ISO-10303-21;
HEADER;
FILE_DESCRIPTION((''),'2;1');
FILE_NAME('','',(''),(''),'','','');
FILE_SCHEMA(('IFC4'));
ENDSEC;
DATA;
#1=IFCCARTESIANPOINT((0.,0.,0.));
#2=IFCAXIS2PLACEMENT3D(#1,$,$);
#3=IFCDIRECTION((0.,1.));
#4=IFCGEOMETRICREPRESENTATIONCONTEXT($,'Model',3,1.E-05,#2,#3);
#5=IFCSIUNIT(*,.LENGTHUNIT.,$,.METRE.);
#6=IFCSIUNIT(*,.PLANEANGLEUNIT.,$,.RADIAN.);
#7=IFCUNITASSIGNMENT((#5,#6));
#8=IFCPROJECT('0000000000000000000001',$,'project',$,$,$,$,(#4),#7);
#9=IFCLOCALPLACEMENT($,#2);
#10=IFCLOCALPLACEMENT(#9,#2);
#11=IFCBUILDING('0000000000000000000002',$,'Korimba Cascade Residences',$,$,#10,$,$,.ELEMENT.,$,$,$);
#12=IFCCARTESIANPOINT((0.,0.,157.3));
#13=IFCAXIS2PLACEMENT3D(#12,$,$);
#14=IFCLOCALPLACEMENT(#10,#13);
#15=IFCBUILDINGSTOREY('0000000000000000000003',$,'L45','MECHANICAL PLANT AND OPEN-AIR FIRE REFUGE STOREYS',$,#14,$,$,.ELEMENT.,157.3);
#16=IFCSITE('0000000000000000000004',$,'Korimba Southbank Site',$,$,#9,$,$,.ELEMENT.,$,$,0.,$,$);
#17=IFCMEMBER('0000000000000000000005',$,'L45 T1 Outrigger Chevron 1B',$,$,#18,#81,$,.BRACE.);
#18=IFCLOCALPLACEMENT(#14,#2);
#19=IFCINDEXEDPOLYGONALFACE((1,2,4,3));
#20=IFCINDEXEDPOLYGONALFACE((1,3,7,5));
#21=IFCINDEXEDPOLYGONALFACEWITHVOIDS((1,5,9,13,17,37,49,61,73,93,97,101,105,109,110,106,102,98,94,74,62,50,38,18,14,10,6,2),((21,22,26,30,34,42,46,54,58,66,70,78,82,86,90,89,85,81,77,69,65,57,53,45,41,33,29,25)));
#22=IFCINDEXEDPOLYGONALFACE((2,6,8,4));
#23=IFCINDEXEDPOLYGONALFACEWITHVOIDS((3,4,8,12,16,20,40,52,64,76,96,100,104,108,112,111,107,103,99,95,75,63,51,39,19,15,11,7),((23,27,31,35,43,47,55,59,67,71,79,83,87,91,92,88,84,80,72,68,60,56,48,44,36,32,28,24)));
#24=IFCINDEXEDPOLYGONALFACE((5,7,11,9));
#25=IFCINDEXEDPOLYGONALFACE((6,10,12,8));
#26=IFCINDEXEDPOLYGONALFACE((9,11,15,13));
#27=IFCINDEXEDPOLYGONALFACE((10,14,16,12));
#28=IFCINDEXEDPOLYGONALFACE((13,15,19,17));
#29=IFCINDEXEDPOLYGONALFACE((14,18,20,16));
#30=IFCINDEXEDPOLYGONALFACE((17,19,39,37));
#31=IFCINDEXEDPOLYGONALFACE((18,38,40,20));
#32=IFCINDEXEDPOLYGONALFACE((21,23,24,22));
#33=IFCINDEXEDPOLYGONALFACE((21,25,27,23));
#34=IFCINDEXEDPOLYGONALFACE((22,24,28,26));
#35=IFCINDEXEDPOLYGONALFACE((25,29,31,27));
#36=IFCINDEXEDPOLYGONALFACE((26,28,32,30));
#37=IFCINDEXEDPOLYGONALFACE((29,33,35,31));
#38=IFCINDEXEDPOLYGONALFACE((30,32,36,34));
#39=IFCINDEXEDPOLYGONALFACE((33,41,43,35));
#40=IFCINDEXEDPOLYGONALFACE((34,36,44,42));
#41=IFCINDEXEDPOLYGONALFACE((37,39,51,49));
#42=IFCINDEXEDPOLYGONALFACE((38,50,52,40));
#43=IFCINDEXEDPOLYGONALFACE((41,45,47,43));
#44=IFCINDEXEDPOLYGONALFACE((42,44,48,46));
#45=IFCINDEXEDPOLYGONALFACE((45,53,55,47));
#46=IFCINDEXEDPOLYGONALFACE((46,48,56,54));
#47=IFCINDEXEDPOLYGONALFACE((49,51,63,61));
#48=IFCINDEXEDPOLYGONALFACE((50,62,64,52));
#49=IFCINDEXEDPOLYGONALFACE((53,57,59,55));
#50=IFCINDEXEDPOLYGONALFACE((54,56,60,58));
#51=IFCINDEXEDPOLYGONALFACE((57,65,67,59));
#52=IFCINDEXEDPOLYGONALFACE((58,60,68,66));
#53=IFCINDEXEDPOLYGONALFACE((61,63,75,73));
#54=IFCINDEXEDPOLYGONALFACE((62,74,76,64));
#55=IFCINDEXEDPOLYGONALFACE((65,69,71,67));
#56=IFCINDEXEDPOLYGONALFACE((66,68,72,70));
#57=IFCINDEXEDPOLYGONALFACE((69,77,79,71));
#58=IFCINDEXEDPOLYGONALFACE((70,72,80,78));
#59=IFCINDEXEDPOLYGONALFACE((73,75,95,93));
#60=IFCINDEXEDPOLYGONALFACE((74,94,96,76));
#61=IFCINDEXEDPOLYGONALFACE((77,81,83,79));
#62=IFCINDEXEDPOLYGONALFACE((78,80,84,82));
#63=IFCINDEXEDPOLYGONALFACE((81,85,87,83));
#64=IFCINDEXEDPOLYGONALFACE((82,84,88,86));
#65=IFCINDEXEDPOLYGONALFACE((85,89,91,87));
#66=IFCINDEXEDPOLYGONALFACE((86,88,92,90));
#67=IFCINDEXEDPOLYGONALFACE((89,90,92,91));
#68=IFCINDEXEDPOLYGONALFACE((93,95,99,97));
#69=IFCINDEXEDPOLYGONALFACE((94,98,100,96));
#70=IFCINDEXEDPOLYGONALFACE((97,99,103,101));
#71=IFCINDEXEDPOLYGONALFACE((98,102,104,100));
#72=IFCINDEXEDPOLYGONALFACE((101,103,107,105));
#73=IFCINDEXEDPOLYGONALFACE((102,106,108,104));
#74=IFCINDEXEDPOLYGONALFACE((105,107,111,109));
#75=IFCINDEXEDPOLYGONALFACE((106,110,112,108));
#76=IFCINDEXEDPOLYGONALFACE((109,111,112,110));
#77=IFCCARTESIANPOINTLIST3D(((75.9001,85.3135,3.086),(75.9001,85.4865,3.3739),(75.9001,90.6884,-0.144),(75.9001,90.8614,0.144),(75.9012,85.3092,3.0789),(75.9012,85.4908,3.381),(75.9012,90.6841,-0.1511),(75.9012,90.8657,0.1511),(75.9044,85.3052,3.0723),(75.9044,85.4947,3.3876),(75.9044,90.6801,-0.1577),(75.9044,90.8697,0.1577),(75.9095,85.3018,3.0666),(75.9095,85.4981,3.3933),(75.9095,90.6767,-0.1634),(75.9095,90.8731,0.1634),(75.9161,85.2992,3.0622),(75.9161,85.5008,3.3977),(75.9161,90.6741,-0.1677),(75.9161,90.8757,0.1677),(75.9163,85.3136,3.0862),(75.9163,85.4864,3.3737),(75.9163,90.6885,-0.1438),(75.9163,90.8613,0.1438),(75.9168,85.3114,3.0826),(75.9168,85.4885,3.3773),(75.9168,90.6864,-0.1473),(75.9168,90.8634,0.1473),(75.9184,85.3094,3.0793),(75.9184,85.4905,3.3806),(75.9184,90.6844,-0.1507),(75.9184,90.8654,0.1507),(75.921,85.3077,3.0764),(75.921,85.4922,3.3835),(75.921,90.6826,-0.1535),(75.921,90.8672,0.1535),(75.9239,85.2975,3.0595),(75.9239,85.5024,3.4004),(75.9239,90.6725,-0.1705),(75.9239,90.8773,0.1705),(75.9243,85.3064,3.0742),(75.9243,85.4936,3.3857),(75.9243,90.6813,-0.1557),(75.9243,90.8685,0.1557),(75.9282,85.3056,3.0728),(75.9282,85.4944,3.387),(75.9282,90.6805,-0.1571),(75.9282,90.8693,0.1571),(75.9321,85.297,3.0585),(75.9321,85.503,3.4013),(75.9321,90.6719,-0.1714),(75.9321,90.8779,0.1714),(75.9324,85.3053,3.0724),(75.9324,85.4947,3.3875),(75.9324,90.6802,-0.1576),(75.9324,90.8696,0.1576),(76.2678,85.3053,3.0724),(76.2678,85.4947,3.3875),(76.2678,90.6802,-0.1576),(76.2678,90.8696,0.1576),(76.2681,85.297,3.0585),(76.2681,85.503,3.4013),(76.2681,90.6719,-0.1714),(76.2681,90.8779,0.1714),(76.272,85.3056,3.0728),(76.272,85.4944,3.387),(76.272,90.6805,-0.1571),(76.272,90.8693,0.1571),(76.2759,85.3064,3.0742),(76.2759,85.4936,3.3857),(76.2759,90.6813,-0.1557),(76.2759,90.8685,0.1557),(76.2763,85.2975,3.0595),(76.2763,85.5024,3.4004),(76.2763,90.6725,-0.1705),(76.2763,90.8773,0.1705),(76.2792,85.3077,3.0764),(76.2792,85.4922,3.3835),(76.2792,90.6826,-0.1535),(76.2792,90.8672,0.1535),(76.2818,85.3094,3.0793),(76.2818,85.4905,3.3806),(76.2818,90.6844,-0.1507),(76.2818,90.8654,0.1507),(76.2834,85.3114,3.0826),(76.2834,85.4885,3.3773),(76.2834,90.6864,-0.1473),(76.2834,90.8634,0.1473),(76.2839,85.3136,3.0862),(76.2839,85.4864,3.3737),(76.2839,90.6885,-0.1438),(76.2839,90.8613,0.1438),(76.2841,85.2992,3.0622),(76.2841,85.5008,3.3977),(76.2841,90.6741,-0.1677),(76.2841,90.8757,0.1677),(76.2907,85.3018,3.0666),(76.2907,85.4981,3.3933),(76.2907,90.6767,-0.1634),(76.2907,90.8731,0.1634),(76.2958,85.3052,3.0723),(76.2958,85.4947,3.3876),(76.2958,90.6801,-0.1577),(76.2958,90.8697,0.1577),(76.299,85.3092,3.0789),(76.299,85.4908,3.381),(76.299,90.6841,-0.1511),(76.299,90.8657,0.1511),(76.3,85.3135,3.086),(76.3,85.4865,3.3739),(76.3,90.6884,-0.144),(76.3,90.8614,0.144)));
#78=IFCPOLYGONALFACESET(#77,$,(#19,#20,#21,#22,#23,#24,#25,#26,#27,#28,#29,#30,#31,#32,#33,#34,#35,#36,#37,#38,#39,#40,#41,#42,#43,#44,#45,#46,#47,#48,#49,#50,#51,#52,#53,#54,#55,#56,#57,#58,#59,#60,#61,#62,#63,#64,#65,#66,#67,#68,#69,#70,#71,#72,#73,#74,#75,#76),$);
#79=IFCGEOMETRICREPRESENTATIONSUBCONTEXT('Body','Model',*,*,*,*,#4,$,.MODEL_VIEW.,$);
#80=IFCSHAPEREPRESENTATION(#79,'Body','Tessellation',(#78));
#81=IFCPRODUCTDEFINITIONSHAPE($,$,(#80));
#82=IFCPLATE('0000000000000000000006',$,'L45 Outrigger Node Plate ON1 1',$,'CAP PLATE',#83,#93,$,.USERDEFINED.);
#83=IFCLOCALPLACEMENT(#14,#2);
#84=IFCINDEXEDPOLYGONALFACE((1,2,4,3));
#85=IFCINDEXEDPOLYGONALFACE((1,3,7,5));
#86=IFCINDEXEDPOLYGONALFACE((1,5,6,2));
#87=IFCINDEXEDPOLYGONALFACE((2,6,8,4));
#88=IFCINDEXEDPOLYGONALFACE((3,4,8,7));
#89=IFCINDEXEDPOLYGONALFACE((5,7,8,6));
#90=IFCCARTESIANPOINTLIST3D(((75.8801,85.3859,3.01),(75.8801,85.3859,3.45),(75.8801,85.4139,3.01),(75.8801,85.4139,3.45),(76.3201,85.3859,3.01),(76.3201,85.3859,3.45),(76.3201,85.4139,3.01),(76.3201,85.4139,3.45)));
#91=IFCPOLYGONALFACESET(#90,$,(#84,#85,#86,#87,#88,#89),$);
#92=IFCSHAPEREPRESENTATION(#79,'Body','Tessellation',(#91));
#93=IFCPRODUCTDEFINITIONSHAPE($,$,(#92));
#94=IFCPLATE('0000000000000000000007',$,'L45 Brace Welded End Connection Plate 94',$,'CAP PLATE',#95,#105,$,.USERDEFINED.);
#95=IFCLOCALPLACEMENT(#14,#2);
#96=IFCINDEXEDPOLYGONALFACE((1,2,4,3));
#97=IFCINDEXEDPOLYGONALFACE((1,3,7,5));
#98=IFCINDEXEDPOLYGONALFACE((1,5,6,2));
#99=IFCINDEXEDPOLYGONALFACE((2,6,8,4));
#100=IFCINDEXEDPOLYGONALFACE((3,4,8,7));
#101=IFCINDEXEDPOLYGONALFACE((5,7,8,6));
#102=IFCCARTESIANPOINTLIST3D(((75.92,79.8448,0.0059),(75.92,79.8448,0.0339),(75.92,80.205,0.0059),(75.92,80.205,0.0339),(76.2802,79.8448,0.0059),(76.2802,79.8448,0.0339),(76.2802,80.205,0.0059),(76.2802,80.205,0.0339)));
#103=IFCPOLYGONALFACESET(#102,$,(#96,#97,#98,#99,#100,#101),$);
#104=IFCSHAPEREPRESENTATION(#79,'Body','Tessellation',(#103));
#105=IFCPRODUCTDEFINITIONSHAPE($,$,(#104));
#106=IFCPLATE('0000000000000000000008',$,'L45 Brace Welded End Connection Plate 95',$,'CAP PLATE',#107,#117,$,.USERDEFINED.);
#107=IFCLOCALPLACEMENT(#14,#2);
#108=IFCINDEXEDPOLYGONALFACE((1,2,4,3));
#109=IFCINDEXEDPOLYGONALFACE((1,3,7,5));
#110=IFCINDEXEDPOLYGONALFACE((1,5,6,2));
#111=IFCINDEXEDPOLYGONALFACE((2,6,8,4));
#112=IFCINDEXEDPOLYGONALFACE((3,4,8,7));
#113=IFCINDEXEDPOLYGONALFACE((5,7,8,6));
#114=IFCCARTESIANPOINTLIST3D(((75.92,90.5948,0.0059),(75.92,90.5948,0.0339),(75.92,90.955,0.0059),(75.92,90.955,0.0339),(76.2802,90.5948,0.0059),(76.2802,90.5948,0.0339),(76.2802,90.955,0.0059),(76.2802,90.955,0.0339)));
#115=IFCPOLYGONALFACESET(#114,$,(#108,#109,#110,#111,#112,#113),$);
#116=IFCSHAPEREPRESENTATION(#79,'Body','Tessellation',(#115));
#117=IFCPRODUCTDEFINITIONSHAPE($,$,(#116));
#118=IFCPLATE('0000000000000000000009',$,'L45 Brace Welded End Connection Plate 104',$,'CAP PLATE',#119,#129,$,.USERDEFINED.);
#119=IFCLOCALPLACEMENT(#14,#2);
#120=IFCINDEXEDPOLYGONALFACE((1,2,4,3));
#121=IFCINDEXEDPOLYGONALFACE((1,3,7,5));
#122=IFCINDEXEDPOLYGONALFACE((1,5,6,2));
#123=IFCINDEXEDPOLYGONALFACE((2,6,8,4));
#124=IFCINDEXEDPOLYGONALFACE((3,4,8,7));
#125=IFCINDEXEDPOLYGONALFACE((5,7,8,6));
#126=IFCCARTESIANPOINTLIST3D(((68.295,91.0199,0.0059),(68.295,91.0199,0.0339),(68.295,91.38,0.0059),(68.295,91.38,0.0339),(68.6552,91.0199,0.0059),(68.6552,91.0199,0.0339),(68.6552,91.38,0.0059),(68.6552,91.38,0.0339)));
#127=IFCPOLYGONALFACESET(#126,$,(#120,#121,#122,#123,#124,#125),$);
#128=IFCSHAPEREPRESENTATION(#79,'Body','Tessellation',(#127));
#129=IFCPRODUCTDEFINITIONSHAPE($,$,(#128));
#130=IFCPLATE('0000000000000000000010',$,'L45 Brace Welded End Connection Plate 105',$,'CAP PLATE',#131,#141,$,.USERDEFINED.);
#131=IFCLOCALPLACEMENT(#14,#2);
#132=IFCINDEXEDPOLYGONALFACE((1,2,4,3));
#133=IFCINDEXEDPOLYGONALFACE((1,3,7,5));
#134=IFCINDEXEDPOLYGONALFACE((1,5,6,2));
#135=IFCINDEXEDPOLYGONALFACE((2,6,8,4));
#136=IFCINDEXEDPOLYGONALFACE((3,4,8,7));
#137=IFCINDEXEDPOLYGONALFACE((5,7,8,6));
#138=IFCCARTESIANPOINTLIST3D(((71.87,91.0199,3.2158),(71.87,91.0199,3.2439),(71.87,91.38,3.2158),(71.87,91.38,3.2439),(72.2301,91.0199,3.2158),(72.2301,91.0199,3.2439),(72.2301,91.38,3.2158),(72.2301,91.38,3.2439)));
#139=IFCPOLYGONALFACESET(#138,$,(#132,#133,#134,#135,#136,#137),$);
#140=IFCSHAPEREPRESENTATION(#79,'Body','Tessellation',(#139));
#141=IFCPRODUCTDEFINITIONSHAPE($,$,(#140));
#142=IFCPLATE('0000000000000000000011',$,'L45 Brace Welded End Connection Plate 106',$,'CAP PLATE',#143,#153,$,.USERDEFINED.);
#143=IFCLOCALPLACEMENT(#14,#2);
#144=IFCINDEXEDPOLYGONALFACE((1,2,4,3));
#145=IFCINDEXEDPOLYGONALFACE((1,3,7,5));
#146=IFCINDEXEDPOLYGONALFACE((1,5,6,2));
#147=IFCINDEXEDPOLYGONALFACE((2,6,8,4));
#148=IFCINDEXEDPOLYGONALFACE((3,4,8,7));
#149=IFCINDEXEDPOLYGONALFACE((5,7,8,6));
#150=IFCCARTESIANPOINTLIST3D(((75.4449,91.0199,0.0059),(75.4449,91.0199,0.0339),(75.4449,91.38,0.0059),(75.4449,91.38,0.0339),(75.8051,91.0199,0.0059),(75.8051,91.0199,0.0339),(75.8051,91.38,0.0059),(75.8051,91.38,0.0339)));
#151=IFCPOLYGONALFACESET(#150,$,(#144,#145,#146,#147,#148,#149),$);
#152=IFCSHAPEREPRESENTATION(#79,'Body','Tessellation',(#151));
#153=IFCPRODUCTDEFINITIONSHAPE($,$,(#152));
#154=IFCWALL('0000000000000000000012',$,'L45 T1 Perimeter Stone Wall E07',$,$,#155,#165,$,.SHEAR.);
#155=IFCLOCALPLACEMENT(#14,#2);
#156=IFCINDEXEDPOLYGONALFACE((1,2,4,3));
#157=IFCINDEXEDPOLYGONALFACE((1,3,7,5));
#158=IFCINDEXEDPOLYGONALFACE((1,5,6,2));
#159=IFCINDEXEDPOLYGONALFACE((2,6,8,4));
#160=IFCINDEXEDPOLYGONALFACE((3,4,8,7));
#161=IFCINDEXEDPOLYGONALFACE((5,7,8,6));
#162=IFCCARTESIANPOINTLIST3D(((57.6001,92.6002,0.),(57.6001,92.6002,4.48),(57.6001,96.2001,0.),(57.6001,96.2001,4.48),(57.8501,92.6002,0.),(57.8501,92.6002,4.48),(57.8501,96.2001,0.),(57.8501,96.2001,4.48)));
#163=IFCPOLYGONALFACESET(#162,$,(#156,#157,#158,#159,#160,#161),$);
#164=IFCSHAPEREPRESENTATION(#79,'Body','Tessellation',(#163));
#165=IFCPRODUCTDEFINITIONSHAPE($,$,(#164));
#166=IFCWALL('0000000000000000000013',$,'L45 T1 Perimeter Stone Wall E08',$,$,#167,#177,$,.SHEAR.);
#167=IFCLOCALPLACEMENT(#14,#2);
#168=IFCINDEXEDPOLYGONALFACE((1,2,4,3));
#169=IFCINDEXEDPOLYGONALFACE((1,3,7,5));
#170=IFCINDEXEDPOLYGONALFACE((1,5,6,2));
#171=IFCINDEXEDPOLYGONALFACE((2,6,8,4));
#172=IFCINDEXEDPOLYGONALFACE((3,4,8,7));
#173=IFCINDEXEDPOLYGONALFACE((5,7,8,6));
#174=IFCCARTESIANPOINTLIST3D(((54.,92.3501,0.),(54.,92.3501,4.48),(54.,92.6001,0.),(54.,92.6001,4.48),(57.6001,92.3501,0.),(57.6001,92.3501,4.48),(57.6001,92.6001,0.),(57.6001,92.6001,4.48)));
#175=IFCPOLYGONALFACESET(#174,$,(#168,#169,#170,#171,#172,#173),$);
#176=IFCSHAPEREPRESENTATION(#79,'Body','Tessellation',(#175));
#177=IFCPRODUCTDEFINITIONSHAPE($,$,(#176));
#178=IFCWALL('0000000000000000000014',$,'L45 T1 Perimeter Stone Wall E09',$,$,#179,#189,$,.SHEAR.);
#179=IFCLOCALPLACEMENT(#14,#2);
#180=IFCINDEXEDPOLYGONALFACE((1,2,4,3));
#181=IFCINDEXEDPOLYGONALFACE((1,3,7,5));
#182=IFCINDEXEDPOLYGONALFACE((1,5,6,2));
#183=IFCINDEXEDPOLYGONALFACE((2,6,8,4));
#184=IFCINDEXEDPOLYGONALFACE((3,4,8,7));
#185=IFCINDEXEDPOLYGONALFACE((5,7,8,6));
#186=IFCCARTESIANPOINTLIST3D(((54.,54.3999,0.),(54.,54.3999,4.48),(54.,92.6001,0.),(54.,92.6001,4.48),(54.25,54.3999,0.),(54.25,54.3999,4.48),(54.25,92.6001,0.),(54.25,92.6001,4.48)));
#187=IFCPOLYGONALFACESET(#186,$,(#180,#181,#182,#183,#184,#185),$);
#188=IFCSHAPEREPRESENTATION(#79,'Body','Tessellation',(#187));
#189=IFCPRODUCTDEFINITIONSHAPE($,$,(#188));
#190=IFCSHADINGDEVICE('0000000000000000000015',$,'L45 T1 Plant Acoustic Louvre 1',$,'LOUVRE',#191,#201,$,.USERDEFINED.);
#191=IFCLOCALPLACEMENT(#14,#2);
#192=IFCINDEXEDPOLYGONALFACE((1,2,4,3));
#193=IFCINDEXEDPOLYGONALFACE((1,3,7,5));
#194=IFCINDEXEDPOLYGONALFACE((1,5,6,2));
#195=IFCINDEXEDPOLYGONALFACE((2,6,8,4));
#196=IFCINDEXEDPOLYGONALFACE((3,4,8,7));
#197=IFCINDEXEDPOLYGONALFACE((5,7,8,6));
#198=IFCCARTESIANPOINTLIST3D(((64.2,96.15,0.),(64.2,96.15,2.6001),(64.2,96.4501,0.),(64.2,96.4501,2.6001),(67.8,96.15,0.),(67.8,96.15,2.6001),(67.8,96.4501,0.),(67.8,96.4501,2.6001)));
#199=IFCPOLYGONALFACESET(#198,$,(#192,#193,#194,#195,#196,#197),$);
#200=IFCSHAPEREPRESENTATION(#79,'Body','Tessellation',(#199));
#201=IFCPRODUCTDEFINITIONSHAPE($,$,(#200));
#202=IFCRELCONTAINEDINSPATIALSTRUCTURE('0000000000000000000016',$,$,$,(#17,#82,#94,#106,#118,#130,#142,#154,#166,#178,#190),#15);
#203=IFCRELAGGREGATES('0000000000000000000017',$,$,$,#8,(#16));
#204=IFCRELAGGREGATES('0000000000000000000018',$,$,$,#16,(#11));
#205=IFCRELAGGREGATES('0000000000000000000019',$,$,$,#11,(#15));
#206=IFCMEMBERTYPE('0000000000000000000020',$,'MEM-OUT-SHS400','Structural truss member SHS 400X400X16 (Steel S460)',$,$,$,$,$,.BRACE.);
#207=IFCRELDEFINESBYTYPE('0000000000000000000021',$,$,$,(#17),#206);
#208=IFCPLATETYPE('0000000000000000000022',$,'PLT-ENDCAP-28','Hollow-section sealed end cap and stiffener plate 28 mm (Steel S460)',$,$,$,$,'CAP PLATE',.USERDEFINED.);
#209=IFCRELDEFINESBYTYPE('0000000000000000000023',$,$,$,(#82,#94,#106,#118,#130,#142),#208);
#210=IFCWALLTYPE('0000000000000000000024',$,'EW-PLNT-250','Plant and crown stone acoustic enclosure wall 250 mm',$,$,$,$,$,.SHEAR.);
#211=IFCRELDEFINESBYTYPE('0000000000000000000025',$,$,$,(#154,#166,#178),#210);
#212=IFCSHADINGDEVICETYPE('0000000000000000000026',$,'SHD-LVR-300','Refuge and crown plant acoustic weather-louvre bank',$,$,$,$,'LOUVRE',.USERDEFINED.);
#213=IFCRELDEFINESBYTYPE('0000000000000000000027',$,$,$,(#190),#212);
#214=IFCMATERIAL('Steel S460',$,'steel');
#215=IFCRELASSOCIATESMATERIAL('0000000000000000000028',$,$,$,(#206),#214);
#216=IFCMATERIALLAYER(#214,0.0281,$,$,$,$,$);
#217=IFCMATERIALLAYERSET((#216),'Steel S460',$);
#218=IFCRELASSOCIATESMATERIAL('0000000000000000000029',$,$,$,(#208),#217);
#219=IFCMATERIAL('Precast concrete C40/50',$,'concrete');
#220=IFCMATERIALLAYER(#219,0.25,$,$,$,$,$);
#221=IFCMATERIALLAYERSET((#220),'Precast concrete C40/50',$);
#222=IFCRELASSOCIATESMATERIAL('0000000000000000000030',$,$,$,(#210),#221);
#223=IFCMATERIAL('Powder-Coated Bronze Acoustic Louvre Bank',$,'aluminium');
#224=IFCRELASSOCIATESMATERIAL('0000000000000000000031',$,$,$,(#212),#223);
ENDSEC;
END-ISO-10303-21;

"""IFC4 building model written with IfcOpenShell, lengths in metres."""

from ifc_helpers import new_model, si_unit, direction, frame, frame_2d, origin, origin_2d, place, context, subcontext, project, spatial, rectangle, hollow_rectangle, extrude, material, layer, layer_set, material_profile, profile_set, type_object, element, save


model = new_model("IFC4")

# Units and contexts
model_context = context("Model", 3, precision=1e-05, world=origin(), true_north=direction((0.0, 1.0)))
body_context = subcontext(model_context, "Body", "Model", "MODEL_VIEW")
ifc_project = project(units=[si_unit("LENGTHUNIT", "METRE"), si_unit("PLANEANGLEUNIT", "RADIAN")], contexts=[model_context])

# Site, building, storey
site_placement = place(None, origin())
site = spatial("IfcSite", under=ifc_project, at=site_placement, Name="Korimba Southbank Site", CompositionType="ELEMENT", RefElevation=0.0)
building_placement = place(site_placement, origin())
building = spatial("IfcBuilding", under=site, at=building_placement, Name="Korimba Cascade Residences", CompositionType="ELEMENT")
storey_placement = place(building_placement, frame((0.0, 0.0, 157.3)))
storey = spatial("IfcBuildingStorey", under=building, at=storey_placement, Name="L45", Description="MECHANICAL PLANT AND OPEN-AIR FIRE REFUGE STOREYS", CompositionType="ELEMENT", Elevation=157.3)

# Member
ifc_material_1 = material(Name="Steel S460", Category="steel")
ifc_material_profile_1 = material_profile(ifc_material_1, hollow_rectangle(XDim=0.3999, YDim=0.3999, WallThickness=0.0161, InnerFilletRadius=0.0161, OuterFilletRadius=0.032, at=origin_2d()), Name="Steel S460")
ifc_profile_set_1 = profile_set([ifc_material_profile_1], Name="Steel S460")
member_type_1 = type_object("IfcMemberType", Name="MEM-OUT-SHS400", Description="Structural truss member SHS 400X400X16 (Steel S460)", PredefinedType="BRACE", material=ifc_profile_set_1)
for number, where, z_axis, x_axis, name in (
    (1, (76.1001, 90.7749, 0.0), (0.0, -0.857142, 0.51508), (1.0, 0.0, 0.0), "L45 T1 Outrigger Chevron 1B"),
):
    element("IfcMember", number, at=place(storey_placement, frame(where, z_axis=z_axis, x_axis=x_axis)), inside=storey, type_object=member_type_1, Name=name, PredefinedType="BRACE", context=body_context, shape_type="SweptSolid", body=[
        extrude(hollow_rectangle(XDim=0.3999, YDim=0.3999, WallThickness=0.0161, InnerFilletRadius=0.0161, OuterFilletRadius=0.032, at=origin_2d()), origin(), (0.0, 0.0, 1.0), 6.2708),
    ])

# Plates
ifc_layer_1 = layer(ifc_material_1, 0.0281)
ifc_layer_set_1 = layer_set([ifc_layer_1], Name="Steel S460")
plate_type = type_object("IfcPlateType", Name="PLT-ENDCAP-28", Description="Hollow-section sealed end cap and stiffener plate 28 mm (Steel S460)", ElementType="CAP PLATE", PredefinedType="USERDEFINED", material=ifc_layer_set_1)
plate_placement = place(storey_placement, frame((76.1001, 85.3999, 3.01), z_axis=(0.0, 0.0, 1.0), x_axis=(1.0, 0.0, 0.0)))
element("IfcPlate", 2, at=plate_placement, inside=storey, type_object=plate_type, Name="L45 Outrigger Node Plate ON1 1", ObjectType="CAP PLATE", PredefinedType="USERDEFINED", context=body_context, shape_type="SweptSolid", body=[
    extrude(rectangle(XDim=0.4399, YDim=0.0281, at=origin_2d()), origin(), (0.0, 0.0, 1.0), 0.4399),
])
for number, where, z_axis, x_axis, name in (
    (3, (76.1001, 80.0249, 0.0059), (0.0, 0.0, 1.0), (1.0, 0.0, 0.0), "L45 Brace Welded End Connection Plate 94"),
    (4, (76.1001, 90.7749, 0.0059), (0.0, 0.0, 1.0), (1.0, 0.0, 0.0), "L45 Brace Welded End Connection Plate 95"),
    (5, (68.4751, 91.2, 0.0059), (0.0, 0.0, 1.0), (1.0, 0.0, 0.0), "L45 Brace Welded End Connection Plate 104"),
    (6, (72.05, 91.2, 3.2158), (0.0, 0.0, 1.0), (1.0, 0.0, 0.0), "L45 Brace Welded End Connection Plate 105"),
    (7, (75.625, 91.2, 0.0059), (0.0, 0.0, 1.0), (1.0, 0.0, 0.0), "L45 Brace Welded End Connection Plate 106"),
):
    element("IfcPlate", number, at=place(storey_placement, frame(where, z_axis=z_axis, x_axis=x_axis)), inside=storey, type_object=plate_type, Name=name, ObjectType="CAP PLATE", PredefinedType="USERDEFINED", context=body_context, shape_type="SweptSolid", body=[
        extrude(rectangle(XDim=0.3601, YDim=0.3601, at=origin_2d()), origin(), (0.0, 0.0, 1.0), 0.0281),
    ])

# Walls
ifc_material_2 = material(Name="Precast concrete C40/50", Category="concrete")
ifc_layer_2 = layer(ifc_material_2, 0.25)
ifc_layer_set_2 = layer_set([ifc_layer_2], Name="Precast concrete C40/50")
wall_type = type_object("IfcWallType", Name="EW-PLNT-250", Description="Plant and crown stone acoustic enclosure wall 250 mm", PredefinedType="SHEAR", material=ifc_layer_set_2)
wall_1_placement = place(storey_placement, frame((57.7251, 96.2, 0.0), z_axis=(0.0, 0.0, 1.0), x_axis=(0.0, -1.0, 0.0)))
element("IfcWall", 8, at=wall_1_placement, inside=storey, type_object=wall_type, Name="L45 T1 Perimeter Stone Wall E07", PredefinedType="SHEAR", context=body_context, shape_type="SweptSolid", body=[
    extrude(rectangle(XDim=3.5999, YDim=0.25, at=frame_2d((1.7998, 0.0))), origin(), (0.0, 0.0, 1.0), 4.48),
])
wall_2_placement = place(storey_placement, frame((57.6001, 92.4751, 0.0), z_axis=(0.0, 0.0, 1.0), x_axis=(-1.0, 0.0, 0.0)))
element("IfcWall", 9, at=wall_2_placement, inside=storey, type_object=wall_type, Name="L45 T1 Perimeter Stone Wall E08", PredefinedType="SHEAR", context=body_context, shape_type="SweptSolid", body=[
    extrude(rectangle(XDim=3.6001, YDim=0.25, at=frame_2d((1.8, 0.0))), origin(), (0.0, 0.0, 1.0), 4.48),
])
wall_3_placement = place(storey_placement, frame((54.125, 92.6001, 0.0), z_axis=(0.0, 0.0, 1.0), x_axis=(0.0, -1.0, 0.0)))
element("IfcWall", 10, at=wall_3_placement, inside=storey, type_object=wall_type, Name="L45 T1 Perimeter Stone Wall E09", PredefinedType="SHEAR", context=body_context, shape_type="SweptSolid", body=[
    extrude(rectangle(XDim=38.2002, YDim=0.25, at=frame_2d((19.1001, 0.0))), origin(), (0.0, 0.0, 1.0), 4.48),
])

# Shading device
ifc_material_3 = material(Name="Powder-Coated Bronze Acoustic Louvre Bank", Category="aluminium")
shading_device_type = type_object("IfcShadingDeviceType", Name="SHD-LVR-300", Description="Refuge and crown plant acoustic weather-louvre bank", ElementType="LOUVRE", PredefinedType="USERDEFINED", material=ifc_material_3)
shading_device_placement = place(storey_placement, frame((66.0, 96.3, 0.0), z_axis=(0.0, 0.0, 1.0), x_axis=(1.0, 0.0, 0.0)))
element("IfcShadingDevice", 11, at=shading_device_placement, inside=storey, type_object=shading_device_type, Name="L45 T1 Plant Acoustic Louvre 1", ObjectType="LOUVRE", PredefinedType="USERDEFINED", context=body_context, shape_type="SweptSolid", body=[
    extrude(rectangle(XDim=3.6001, YDim=0.3, at=origin_2d()), origin(), (0.0, 0.0, 1.0), 2.6001),
])

save(model, "model.ifc")
